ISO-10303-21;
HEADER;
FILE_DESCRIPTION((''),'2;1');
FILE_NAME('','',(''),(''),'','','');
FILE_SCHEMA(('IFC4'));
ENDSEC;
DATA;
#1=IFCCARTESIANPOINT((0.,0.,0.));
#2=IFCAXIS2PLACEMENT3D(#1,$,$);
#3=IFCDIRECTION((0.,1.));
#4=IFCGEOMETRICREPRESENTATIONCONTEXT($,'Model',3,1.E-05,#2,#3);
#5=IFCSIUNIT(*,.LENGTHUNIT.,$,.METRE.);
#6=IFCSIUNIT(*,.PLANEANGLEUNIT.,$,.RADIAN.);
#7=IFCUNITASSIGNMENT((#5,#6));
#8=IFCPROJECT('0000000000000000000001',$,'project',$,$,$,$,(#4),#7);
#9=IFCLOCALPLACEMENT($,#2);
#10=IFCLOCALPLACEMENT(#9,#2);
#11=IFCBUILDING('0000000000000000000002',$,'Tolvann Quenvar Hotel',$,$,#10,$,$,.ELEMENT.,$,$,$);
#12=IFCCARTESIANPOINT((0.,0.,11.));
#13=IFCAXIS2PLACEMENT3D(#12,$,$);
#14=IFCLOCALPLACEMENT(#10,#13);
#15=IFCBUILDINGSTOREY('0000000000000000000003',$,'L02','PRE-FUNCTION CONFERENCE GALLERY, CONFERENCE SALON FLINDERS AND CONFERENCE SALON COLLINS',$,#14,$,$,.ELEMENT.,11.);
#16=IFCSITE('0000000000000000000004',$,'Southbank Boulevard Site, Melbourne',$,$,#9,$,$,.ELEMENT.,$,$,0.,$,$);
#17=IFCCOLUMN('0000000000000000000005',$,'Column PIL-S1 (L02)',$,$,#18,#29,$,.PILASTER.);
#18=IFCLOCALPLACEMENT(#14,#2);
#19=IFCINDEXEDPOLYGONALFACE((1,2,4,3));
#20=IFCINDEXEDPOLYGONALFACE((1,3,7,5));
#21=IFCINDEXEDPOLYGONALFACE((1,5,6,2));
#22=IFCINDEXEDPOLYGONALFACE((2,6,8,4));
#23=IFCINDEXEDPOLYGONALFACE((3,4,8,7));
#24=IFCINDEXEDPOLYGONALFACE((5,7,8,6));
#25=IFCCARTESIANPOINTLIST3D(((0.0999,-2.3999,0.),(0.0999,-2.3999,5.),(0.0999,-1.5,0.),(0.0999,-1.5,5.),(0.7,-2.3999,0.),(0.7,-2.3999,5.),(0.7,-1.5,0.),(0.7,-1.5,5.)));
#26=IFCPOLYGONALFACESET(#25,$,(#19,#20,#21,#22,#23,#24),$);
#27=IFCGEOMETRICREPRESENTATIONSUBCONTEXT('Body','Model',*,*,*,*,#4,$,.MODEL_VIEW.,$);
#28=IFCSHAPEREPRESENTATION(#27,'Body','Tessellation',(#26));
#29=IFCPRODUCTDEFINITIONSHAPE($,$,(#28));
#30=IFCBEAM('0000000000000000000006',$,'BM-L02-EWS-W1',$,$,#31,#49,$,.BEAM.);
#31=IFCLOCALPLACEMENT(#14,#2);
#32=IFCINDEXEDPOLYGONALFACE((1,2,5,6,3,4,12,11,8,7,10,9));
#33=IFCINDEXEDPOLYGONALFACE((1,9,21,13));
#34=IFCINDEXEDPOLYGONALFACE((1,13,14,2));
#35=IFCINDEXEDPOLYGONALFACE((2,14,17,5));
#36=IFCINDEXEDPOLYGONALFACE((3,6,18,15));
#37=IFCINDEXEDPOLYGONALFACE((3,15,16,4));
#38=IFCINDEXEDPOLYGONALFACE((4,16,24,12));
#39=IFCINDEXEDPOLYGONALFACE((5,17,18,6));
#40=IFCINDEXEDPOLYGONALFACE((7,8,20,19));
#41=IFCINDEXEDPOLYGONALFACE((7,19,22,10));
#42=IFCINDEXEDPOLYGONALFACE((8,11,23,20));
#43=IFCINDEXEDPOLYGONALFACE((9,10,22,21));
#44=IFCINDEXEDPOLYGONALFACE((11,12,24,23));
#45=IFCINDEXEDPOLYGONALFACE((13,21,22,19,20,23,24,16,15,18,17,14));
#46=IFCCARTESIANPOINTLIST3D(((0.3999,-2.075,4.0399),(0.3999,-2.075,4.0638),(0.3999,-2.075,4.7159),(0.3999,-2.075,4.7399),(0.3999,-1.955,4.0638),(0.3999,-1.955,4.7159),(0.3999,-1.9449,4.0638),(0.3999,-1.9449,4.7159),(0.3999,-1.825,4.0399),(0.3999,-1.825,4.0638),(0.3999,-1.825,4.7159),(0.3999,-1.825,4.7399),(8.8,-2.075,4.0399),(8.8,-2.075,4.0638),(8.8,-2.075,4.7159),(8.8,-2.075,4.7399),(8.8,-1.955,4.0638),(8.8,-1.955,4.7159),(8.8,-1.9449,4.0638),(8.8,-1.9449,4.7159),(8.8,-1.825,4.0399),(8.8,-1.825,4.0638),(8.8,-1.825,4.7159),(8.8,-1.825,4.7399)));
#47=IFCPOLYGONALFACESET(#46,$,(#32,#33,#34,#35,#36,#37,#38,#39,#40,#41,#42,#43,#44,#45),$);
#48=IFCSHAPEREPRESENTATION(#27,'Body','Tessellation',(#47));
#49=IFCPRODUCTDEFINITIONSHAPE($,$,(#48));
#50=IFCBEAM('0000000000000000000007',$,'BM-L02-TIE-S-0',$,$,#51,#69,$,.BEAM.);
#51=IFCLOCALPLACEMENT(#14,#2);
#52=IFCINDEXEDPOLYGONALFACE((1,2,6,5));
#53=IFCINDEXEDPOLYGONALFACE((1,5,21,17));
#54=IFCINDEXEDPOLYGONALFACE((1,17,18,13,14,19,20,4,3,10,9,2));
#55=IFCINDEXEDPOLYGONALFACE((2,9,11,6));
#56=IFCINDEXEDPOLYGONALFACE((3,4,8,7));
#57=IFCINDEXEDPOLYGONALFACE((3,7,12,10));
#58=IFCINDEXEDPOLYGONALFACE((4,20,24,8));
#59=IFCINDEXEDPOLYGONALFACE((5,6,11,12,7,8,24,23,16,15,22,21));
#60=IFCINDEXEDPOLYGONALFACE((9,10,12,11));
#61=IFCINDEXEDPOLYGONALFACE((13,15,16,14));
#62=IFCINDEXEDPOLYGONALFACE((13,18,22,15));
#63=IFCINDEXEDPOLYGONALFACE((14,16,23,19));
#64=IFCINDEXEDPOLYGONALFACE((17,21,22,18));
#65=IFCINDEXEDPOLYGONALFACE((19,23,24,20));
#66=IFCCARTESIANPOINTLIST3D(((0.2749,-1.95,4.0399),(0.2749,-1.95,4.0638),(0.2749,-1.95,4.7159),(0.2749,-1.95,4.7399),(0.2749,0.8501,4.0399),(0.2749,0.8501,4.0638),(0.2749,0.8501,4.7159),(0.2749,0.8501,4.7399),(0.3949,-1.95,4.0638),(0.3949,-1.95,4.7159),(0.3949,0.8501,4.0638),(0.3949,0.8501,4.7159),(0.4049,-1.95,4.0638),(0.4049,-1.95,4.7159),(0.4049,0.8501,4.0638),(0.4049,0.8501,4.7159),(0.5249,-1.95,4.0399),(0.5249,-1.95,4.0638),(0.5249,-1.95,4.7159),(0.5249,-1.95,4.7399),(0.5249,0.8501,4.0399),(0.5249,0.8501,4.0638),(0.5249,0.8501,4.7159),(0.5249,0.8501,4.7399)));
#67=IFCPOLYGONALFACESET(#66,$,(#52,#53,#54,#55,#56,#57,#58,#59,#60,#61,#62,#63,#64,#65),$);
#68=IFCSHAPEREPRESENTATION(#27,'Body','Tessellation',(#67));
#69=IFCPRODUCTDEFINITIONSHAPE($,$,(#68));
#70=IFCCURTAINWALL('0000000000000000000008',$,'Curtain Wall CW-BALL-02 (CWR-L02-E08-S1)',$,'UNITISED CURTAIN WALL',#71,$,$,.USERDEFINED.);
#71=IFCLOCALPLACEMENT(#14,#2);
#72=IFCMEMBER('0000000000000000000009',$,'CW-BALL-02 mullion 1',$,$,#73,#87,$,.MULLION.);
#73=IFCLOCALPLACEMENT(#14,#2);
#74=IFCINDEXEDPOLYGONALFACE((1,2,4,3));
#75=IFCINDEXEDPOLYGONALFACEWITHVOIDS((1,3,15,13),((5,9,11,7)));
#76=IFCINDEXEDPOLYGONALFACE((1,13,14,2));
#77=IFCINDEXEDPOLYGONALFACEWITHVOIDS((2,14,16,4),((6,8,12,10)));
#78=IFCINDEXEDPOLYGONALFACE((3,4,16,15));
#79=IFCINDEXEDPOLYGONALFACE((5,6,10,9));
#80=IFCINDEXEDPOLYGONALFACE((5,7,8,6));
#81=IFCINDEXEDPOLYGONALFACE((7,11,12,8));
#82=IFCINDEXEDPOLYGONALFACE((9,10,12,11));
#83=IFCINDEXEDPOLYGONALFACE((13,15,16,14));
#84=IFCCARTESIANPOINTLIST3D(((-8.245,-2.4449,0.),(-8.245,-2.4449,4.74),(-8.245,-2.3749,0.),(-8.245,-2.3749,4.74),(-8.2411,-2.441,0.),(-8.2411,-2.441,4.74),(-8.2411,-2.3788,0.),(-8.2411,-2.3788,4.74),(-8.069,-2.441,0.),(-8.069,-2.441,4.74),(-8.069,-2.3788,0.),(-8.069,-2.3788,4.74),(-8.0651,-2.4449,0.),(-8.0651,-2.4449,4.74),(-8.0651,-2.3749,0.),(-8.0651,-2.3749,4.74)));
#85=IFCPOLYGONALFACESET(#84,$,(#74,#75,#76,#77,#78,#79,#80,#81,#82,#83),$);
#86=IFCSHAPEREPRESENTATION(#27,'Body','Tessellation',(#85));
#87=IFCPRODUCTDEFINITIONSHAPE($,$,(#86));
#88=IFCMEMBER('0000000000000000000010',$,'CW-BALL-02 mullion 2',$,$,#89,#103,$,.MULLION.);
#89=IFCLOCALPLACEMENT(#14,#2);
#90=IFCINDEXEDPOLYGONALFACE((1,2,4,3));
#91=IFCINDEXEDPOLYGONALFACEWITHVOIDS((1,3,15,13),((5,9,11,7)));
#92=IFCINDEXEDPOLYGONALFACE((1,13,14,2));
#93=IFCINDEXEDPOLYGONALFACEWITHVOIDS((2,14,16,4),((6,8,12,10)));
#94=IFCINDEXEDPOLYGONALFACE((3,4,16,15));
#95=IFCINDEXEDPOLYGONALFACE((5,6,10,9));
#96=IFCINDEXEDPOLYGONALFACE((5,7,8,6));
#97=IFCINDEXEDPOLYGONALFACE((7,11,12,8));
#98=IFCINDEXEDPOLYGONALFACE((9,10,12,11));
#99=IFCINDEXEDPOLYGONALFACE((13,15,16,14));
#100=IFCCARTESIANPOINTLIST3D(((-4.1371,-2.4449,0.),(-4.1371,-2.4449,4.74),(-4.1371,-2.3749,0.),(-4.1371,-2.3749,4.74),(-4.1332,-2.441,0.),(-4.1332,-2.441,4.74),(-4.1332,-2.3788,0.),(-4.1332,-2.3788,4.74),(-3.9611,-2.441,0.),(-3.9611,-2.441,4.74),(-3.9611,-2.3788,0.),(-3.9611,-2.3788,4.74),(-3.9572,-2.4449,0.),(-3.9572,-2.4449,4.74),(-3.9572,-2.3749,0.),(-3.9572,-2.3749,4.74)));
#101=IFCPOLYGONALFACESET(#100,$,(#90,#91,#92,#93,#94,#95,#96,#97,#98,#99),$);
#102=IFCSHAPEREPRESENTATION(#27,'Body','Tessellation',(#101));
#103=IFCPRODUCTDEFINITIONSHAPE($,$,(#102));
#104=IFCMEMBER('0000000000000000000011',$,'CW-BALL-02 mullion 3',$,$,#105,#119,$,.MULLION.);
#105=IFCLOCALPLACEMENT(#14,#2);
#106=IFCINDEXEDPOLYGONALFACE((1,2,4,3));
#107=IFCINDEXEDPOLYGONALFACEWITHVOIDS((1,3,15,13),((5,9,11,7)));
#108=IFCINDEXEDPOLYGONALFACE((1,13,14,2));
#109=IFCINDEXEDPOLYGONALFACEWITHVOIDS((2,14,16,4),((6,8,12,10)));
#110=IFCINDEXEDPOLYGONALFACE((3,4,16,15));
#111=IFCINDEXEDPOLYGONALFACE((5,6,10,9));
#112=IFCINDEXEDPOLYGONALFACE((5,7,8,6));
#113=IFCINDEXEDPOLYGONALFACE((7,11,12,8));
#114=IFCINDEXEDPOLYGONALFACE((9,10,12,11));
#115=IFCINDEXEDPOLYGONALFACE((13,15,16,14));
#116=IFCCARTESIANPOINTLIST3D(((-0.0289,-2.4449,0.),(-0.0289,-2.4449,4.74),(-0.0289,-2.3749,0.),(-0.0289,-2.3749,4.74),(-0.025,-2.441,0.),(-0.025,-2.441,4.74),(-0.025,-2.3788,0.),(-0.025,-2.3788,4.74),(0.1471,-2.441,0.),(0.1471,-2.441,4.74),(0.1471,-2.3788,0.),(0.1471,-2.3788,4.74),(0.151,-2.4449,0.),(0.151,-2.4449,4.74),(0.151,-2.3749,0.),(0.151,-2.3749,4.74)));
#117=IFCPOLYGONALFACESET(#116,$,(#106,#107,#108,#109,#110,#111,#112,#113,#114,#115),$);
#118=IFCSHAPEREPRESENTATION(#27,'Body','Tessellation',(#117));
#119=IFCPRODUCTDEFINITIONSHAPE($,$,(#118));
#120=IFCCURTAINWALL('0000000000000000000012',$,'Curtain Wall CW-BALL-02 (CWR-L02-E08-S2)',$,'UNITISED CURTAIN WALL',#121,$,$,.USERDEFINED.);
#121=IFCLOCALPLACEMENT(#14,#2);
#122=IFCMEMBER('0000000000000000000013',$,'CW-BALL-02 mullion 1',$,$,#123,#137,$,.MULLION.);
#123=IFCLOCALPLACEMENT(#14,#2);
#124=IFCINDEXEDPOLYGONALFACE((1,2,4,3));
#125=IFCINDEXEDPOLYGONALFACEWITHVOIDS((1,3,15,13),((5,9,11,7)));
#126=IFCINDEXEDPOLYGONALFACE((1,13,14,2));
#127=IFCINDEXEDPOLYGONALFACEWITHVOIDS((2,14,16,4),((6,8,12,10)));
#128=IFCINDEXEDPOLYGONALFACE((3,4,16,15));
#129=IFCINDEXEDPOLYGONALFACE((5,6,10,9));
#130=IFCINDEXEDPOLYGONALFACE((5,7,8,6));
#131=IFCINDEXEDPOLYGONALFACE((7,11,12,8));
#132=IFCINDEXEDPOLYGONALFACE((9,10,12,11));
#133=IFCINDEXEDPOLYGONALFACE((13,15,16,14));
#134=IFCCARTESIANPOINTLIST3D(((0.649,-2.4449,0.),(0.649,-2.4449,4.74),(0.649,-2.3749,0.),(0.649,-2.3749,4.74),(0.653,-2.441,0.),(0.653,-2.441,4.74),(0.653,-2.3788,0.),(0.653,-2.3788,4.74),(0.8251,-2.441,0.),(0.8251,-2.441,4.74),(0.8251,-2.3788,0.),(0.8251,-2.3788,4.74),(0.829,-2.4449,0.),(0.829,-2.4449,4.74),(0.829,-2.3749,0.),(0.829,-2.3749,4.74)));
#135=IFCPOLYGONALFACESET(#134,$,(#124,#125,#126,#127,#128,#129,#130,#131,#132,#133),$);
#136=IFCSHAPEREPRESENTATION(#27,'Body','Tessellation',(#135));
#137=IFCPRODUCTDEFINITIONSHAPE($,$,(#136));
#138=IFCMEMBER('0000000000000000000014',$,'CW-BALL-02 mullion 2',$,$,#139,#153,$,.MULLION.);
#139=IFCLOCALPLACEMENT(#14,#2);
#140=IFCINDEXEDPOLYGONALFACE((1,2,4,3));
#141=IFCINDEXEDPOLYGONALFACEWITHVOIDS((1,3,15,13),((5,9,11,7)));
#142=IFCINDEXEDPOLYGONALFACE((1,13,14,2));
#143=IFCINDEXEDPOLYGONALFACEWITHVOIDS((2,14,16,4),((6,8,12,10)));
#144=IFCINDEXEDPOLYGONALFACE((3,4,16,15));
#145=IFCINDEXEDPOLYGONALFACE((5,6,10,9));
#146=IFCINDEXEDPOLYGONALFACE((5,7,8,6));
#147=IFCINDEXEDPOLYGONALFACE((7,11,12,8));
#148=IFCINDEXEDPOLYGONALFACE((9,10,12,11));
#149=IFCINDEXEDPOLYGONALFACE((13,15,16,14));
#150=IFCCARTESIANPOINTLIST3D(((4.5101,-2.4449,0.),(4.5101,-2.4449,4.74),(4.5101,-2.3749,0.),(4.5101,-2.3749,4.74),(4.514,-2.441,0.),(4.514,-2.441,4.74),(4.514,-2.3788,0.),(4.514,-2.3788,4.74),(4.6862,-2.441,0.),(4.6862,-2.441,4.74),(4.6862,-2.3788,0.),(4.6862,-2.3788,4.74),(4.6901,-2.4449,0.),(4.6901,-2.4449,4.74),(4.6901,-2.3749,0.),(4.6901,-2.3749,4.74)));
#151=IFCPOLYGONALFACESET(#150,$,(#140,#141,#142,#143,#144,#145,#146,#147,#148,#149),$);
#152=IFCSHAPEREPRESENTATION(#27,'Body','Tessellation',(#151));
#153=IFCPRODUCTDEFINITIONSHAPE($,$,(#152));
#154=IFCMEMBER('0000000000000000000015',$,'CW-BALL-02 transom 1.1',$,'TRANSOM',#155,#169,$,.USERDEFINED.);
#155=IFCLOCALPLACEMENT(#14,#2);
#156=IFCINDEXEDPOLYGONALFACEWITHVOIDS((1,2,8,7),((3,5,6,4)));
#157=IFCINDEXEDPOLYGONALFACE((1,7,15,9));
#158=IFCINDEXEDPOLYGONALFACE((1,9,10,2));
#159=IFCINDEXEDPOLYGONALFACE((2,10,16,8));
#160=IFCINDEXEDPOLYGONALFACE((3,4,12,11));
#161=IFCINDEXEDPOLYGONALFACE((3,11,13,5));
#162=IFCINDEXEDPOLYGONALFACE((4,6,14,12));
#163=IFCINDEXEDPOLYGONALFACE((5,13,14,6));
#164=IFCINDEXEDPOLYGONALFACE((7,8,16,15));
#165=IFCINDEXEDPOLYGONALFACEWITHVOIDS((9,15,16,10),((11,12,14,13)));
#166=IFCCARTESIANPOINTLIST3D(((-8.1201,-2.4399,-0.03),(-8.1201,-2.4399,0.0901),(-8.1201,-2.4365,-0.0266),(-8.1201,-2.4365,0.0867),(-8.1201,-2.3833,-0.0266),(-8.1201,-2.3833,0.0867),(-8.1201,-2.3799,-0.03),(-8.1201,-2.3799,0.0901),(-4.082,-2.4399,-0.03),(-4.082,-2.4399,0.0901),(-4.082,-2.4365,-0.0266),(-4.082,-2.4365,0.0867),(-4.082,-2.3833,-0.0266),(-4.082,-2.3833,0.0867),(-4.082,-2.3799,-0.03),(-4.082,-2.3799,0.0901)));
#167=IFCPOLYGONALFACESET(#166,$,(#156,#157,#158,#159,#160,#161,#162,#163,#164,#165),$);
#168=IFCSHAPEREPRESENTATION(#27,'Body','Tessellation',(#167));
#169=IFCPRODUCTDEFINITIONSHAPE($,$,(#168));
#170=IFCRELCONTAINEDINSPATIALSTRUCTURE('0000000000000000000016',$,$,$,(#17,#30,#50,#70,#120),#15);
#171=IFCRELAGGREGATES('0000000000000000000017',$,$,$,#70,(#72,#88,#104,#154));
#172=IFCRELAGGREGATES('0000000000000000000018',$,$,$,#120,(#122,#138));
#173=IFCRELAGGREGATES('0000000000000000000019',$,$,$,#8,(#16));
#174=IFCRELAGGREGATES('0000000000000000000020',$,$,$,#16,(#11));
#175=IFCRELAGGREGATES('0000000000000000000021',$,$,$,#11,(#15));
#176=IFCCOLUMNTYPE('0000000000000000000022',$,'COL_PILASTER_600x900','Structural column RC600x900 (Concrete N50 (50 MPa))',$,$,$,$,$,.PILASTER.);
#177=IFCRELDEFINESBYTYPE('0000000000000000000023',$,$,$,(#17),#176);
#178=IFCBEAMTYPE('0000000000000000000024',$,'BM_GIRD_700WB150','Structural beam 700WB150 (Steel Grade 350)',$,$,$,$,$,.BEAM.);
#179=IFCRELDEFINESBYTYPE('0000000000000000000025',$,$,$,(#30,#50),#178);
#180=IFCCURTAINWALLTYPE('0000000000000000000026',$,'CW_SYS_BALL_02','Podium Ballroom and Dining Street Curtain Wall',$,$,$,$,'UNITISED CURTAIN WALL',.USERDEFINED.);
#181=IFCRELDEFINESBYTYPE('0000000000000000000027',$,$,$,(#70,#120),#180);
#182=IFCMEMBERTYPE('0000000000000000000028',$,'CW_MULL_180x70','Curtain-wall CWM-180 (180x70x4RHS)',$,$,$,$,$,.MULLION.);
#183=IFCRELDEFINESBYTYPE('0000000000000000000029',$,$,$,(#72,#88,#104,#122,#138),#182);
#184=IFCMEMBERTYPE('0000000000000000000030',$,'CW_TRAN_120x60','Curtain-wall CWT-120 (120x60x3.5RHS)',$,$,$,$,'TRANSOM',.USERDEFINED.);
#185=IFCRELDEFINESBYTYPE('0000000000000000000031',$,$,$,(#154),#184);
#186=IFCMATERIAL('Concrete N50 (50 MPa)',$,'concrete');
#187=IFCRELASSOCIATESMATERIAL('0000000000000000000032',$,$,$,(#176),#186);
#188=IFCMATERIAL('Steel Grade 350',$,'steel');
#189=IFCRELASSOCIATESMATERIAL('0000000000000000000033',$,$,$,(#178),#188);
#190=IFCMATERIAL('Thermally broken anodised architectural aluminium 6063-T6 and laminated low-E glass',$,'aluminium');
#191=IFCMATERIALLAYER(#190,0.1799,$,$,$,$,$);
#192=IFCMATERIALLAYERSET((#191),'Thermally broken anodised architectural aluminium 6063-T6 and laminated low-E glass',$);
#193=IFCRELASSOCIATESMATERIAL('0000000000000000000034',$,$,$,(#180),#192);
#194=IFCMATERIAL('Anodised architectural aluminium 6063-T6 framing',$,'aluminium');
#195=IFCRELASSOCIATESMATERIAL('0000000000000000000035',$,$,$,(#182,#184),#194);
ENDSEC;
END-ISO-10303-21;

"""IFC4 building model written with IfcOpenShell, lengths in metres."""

from ifc_helpers import new_model, si_unit, direction, frame, origin, origin_2d, place, context, subcontext, project, spatial, rectangle, hollow_rectangle, i_section, extrude, source, transform, mapped, material, layer, layer_set, material_profile, profile_set, type_object, type_shapes, element, aggregate, save


model = new_model("IFC4")

# Units and contexts
model_context = context("Model", 3, precision=1e-05, world=origin(), true_north=direction((0.0, 1.0)))
body_context = subcontext(model_context, "Body", "Model", "MODEL_VIEW")
ifc_project = project(units=[si_unit("LENGTHUNIT", "METRE"), si_unit("PLANEANGLEUNIT", "RADIAN")], contexts=[model_context])

# Site, building, storey
site_placement = place(None, origin())
site = spatial("IfcSite", under=ifc_project, at=site_placement, Name="Southbank Boulevard Site, Melbourne", CompositionType="ELEMENT", RefElevation=0.0)
building_placement = place(site_placement, origin())
building = spatial("IfcBuilding", under=site, at=building_placement, Name="Tolvann Quenvar Hotel", CompositionType="ELEMENT")
storey_placement = place(building_placement, frame((0.0, 0.0, 11.0)))
storey = spatial("IfcBuildingStorey", under=building, at=storey_placement, Name="L02", Description="PRE-FUNCTION CONFERENCE GALLERY, CONFERENCE SALON FLINDERS AND CONFERENCE SALON COLLINS", CompositionType="ELEMENT", Elevation=11.0)

# Column
ifc_material_1 = material(Name="Concrete N50 (50 MPa)", Category="concrete")
ifc_material_profile_1 = material_profile(ifc_material_1, rectangle(XDim=0.6001, YDim=0.8999, at=origin_2d()), Name="RC600x900")
ifc_profile_set_1 = profile_set([ifc_material_profile_1], Name="Concrete N50 (50 MPa)")
column_type = type_object("IfcColumnType", Name="COL_PILASTER_600x900", Description="Structural column RC600x900 (Concrete N50 (50 MPa))", PredefinedType="PILASTER", material=ifc_profile_set_1)
shared_shape_1 = source(origin(), body_context, "Body", "SweptSolid", [
    extrude(rectangle(XDim=0.6001, YDim=0.8999, at=origin_2d()), origin(), (0.0, 0.0, 1.0), 5.0),
])
type_shapes(column_type, [shared_shape_1])
column_placement = place(storey_placement, frame((0.3999, -1.95, 0.0), z_axis=(0.0, 0.0, 1.0), x_axis=(1.0, 0.0, 0.0)))
element("IfcColumn", 1, at=column_placement, inside=storey, type_object=column_type, Name="Column PIL-S1 (L02)", PredefinedType="PILASTER", context=body_context, shape_type="MappedRepresentation", body=[
    mapped(shared_shape_1, transform((0.0, 0.0, 0.0), x_axis=(1.0, 0.0, 0.0), y_axis=(0.0, 1.0, 0.0), z_axis=(0.0, 0.0, 1.0), scale=1.0)),
])

# Beams
ifc_material_2 = material(Name="Steel Grade 350", Category="steel")
ifc_material_profile_2 = material_profile(ifc_material_2, i_section(OverallWidth=0.25, OverallDepth=0.7, WebThickness=0.01, FlangeThickness=0.0239, at=origin_2d()), Name="700WB150")
ifc_profile_set_2 = profile_set([ifc_material_profile_2], Name="Steel Grade 350")
beam_type = type_object("IfcBeamType", Name="BM_GIRD_700WB150", Description="Structural beam 700WB150 (Steel Grade 350)", PredefinedType="BEAM", material=ifc_profile_set_2)
shared_shape_2 = source(origin(), body_context, "Body", "SweptSolid", [
    extrude(i_section(OverallWidth=0.25, OverallDepth=0.7, WebThickness=0.01, FlangeThickness=0.0239, at=origin_2d()), origin(), (0.0, 0.0, 1.0), 8.4001),
])
beam_1_placement = place(storey_placement, frame((0.3999, -1.95, 4.3899), z_axis=(1.0, 0.0, 0.0), x_axis=(0.0, 1.0, 0.0)))
element("IfcBeam", 2, at=beam_1_placement, inside=storey, type_object=beam_type, Name="BM-L02-EWS-W1", PredefinedType="BEAM", context=body_context, shape_type="MappedRepresentation", body=[
    mapped(shared_shape_2, transform((0.0, 0.0, 0.0), x_axis=(1.0, 0.0, 0.0), y_axis=(0.0, 1.0, 0.0), z_axis=(0.0, 0.0, 1.0), scale=1.0)),
])
shared_shape_3 = source(origin(), body_context, "Body", "SweptSolid", [
    extrude(i_section(OverallWidth=0.25, OverallDepth=0.7, WebThickness=0.01, FlangeThickness=0.0239, at=origin_2d()), origin(), (0.0, 0.0, 1.0), 2.8),
])
type_shapes(beam_type, [shared_shape_2, shared_shape_3])
beam_2_placement = place(storey_placement, frame((0.3999, -1.95, 4.3899), z_axis=(0.0, 1.0, 0.0), x_axis=(-1.0, 0.0, 0.0)))
element("IfcBeam", 3, at=beam_2_placement, inside=storey, type_object=beam_type, Name="BM-L02-TIE-S-0", PredefinedType="BEAM", context=body_context, shape_type="MappedRepresentation", body=[
    mapped(shared_shape_3, transform((0.0, 0.0, 0.0), x_axis=(1.0, 0.0, 0.0), y_axis=(0.0, 1.0, 0.0), z_axis=(0.0, 0.0, 1.0), scale=1.0)),
])

# Curtain walls, members
ifc_material_3 = material(Name="Thermally broken anodised architectural aluminium 6063-T6 and laminated low-E glass", Category="aluminium")
ifc_layer_1 = layer(ifc_material_3, 0.1799)
ifc_layer_set_1 = layer_set([ifc_layer_1], Name="Thermally broken anodised architectural aluminium 6063-T6 and laminated low-E glass")
curtain_wall_type = type_object("IfcCurtainWallType", Name="CW_SYS_BALL_02", Description="Podium Ballroom and Dining Street Curtain Wall", ElementType="UNITISED CURTAIN WALL", PredefinedType="USERDEFINED", material=ifc_layer_set_1)
curtain_wall_1_placement = place(storey_placement, origin())
curtain_wall_1 = element("IfcCurtainWall", 4, at=curtain_wall_1_placement, inside=storey, type_object=curtain_wall_type, Name="Curtain Wall CW-BALL-02 (CWR-L02-E08-S1)", ObjectType="UNITISED CURTAIN WALL", PredefinedType="USERDEFINED")
ifc_material_4 = material(Name="Anodised architectural aluminium 6063-T6 framing", Category="aluminium")
ifc_material_profile_3 = material_profile(ifc_material_4, hollow_rectangle(XDim=0.0701, YDim=0.1799, WallThickness=0.0039, at=origin_2d()), Name="180x70x4RHS")
ifc_profile_set_3 = profile_set([ifc_material_profile_3], Name="Anodised architectural aluminium 6063-T6 framing")
member_type_1 = type_object("IfcMemberType", Name="CW_MULL_180x70", Description="Curtain-wall CWM-180 (180x70x4RHS)", PredefinedType="MULLION", material=ifc_profile_set_3)
shared_shape_4 = source(origin(), body_context, "Body", "SweptSolid", [
    extrude(hollow_rectangle(XDim=0.0701, YDim=0.1799, WallThickness=0.0039, at=origin_2d()), origin(), (0.0, 0.0, 1.0), 4.74),
])
type_shapes(member_type_1, [shared_shape_4])
member_1_placement = place(storey_placement, frame((-8.155, -2.4099, 0.0), z_axis=(0.0, 0.0, 1.0), x_axis=(0.0, 1.0, 0.0)))
member_1 = element("IfcMember", 5, at=member_1_placement, type_object=member_type_1, Name="CW-BALL-02 mullion 1", PredefinedType="MULLION", context=body_context, shape_type="MappedRepresentation", body=[
    mapped(shared_shape_4, transform((0.0, 0.0, 0.0), x_axis=(1.0, 0.0, 0.0), y_axis=(0.0, 1.0, 0.0), z_axis=(0.0, 0.0, 1.0), scale=1.0)),
])
member_2_placement = place(storey_placement, frame((-4.0471, -2.4099, 0.0), z_axis=(0.0, 0.0, 1.0), x_axis=(0.0, 1.0, 0.0)))
member_2 = element("IfcMember", 6, at=member_2_placement, type_object=member_type_1, Name="CW-BALL-02 mullion 2", PredefinedType="MULLION", context=body_context, shape_type="MappedRepresentation", body=[
    mapped(shared_shape_4, transform((0.0, 0.0, 0.0), x_axis=(1.0, 0.0, 0.0), y_axis=(0.0, 1.0, 0.0), z_axis=(0.0, 0.0, 1.0), scale=1.0)),
])
member_3_placement = place(storey_placement, frame((0.061, -2.4099, 0.0), z_axis=(0.0, 0.0, 1.0), x_axis=(0.0, 1.0, 0.0)))
member_3 = element("IfcMember", 7, at=member_3_placement, type_object=member_type_1, Name="CW-BALL-02 mullion 3", PredefinedType="MULLION", context=body_context, shape_type="MappedRepresentation", body=[
    mapped(shared_shape_4, transform((0.0, 0.0, 0.0), x_axis=(1.0, 0.0, 0.0), y_axis=(0.0, 1.0, 0.0), z_axis=(0.0, 0.0, 1.0), scale=1.0)),
])
curtain_wall_2_placement = place(storey_placement, origin())
curtain_wall_2 = element("IfcCurtainWall", 8, at=curtain_wall_2_placement, inside=storey, type_object=curtain_wall_type, Name="Curtain Wall CW-BALL-02 (CWR-L02-E08-S2)", ObjectType="UNITISED CURTAIN WALL", PredefinedType="USERDEFINED")
member_4_placement = place(storey_placement, frame((0.739, -2.4099, 0.0), z_axis=(0.0, 0.0, 1.0), x_axis=(0.0, 1.0, 0.0)))
member_4 = element("IfcMember", 9, at=member_4_placement, type_object=member_type_1, Name="CW-BALL-02 mullion 1", PredefinedType="MULLION", context=body_context, shape_type="MappedRepresentation", body=[
    mapped(shared_shape_4, transform((0.0, 0.0, 0.0), x_axis=(1.0, 0.0, 0.0), y_axis=(0.0, 1.0, 0.0), z_axis=(0.0, 0.0, 1.0), scale=1.0)),
])
member_5_placement = place(storey_placement, frame((4.6001, -2.4099, 0.0), z_axis=(0.0, 0.0, 1.0), x_axis=(0.0, 1.0, 0.0)))
member_5 = element("IfcMember", 10, at=member_5_placement, type_object=member_type_1, Name="CW-BALL-02 mullion 2", PredefinedType="MULLION", context=body_context, shape_type="MappedRepresentation", body=[
    mapped(shared_shape_4, transform((0.0, 0.0, 0.0), x_axis=(1.0, 0.0, 0.0), y_axis=(0.0, 1.0, 0.0), z_axis=(0.0, 0.0, 1.0), scale=1.0)),
])

# Member
ifc_material_profile_4 = material_profile(ifc_material_4, hollow_rectangle(XDim=0.0601, YDim=0.1201, WallThickness=0.0034, at=origin_2d()), Name="120x60x3.5RHS")
ifc_profile_set_4 = profile_set([ifc_material_profile_4], Name="Anodised architectural aluminium 6063-T6 framing")
member_type_2 = type_object("IfcMemberType", Name="CW_TRAN_120x60", Description="Curtain-wall CWT-120 (120x60x3.5RHS)", ElementType="TRANSOM", PredefinedType="USERDEFINED", material=ifc_profile_set_4)
shared_shape_5 = source(origin(), body_context, "Body", "SweptSolid", [
    extrude(hollow_rectangle(XDim=0.0601, YDim=0.1201, WallThickness=0.0034, at=origin_2d()), origin(), (0.0, 0.0, 1.0), 4.0381),
])
member_6_placement = place(storey_placement, frame((-8.1201, -2.4099, 0.03), z_axis=(1.0, 0.0, 0.0), x_axis=(0.0, 1.0, 0.0)))
member_6 = element("IfcMember", 11, at=member_6_placement, type_object=member_type_2, Name="CW-BALL-02 transom 1.1", ObjectType="TRANSOM", PredefinedType="USERDEFINED", context=body_context, shape_type="MappedRepresentation", body=[
    mapped(shared_shape_5, transform((0.0, 0.0, 0.0), x_axis=(1.0, 0.0, 0.0), y_axis=(0.0, 1.0, 0.0), z_axis=(0.0, 0.0, 1.0), scale=1.0)),
])

aggregate(curtain_wall_1, [member_1, member_2, member_3, member_6])
aggregate(curtain_wall_2, [member_4, member_5])

save(model, "model.ifc")
